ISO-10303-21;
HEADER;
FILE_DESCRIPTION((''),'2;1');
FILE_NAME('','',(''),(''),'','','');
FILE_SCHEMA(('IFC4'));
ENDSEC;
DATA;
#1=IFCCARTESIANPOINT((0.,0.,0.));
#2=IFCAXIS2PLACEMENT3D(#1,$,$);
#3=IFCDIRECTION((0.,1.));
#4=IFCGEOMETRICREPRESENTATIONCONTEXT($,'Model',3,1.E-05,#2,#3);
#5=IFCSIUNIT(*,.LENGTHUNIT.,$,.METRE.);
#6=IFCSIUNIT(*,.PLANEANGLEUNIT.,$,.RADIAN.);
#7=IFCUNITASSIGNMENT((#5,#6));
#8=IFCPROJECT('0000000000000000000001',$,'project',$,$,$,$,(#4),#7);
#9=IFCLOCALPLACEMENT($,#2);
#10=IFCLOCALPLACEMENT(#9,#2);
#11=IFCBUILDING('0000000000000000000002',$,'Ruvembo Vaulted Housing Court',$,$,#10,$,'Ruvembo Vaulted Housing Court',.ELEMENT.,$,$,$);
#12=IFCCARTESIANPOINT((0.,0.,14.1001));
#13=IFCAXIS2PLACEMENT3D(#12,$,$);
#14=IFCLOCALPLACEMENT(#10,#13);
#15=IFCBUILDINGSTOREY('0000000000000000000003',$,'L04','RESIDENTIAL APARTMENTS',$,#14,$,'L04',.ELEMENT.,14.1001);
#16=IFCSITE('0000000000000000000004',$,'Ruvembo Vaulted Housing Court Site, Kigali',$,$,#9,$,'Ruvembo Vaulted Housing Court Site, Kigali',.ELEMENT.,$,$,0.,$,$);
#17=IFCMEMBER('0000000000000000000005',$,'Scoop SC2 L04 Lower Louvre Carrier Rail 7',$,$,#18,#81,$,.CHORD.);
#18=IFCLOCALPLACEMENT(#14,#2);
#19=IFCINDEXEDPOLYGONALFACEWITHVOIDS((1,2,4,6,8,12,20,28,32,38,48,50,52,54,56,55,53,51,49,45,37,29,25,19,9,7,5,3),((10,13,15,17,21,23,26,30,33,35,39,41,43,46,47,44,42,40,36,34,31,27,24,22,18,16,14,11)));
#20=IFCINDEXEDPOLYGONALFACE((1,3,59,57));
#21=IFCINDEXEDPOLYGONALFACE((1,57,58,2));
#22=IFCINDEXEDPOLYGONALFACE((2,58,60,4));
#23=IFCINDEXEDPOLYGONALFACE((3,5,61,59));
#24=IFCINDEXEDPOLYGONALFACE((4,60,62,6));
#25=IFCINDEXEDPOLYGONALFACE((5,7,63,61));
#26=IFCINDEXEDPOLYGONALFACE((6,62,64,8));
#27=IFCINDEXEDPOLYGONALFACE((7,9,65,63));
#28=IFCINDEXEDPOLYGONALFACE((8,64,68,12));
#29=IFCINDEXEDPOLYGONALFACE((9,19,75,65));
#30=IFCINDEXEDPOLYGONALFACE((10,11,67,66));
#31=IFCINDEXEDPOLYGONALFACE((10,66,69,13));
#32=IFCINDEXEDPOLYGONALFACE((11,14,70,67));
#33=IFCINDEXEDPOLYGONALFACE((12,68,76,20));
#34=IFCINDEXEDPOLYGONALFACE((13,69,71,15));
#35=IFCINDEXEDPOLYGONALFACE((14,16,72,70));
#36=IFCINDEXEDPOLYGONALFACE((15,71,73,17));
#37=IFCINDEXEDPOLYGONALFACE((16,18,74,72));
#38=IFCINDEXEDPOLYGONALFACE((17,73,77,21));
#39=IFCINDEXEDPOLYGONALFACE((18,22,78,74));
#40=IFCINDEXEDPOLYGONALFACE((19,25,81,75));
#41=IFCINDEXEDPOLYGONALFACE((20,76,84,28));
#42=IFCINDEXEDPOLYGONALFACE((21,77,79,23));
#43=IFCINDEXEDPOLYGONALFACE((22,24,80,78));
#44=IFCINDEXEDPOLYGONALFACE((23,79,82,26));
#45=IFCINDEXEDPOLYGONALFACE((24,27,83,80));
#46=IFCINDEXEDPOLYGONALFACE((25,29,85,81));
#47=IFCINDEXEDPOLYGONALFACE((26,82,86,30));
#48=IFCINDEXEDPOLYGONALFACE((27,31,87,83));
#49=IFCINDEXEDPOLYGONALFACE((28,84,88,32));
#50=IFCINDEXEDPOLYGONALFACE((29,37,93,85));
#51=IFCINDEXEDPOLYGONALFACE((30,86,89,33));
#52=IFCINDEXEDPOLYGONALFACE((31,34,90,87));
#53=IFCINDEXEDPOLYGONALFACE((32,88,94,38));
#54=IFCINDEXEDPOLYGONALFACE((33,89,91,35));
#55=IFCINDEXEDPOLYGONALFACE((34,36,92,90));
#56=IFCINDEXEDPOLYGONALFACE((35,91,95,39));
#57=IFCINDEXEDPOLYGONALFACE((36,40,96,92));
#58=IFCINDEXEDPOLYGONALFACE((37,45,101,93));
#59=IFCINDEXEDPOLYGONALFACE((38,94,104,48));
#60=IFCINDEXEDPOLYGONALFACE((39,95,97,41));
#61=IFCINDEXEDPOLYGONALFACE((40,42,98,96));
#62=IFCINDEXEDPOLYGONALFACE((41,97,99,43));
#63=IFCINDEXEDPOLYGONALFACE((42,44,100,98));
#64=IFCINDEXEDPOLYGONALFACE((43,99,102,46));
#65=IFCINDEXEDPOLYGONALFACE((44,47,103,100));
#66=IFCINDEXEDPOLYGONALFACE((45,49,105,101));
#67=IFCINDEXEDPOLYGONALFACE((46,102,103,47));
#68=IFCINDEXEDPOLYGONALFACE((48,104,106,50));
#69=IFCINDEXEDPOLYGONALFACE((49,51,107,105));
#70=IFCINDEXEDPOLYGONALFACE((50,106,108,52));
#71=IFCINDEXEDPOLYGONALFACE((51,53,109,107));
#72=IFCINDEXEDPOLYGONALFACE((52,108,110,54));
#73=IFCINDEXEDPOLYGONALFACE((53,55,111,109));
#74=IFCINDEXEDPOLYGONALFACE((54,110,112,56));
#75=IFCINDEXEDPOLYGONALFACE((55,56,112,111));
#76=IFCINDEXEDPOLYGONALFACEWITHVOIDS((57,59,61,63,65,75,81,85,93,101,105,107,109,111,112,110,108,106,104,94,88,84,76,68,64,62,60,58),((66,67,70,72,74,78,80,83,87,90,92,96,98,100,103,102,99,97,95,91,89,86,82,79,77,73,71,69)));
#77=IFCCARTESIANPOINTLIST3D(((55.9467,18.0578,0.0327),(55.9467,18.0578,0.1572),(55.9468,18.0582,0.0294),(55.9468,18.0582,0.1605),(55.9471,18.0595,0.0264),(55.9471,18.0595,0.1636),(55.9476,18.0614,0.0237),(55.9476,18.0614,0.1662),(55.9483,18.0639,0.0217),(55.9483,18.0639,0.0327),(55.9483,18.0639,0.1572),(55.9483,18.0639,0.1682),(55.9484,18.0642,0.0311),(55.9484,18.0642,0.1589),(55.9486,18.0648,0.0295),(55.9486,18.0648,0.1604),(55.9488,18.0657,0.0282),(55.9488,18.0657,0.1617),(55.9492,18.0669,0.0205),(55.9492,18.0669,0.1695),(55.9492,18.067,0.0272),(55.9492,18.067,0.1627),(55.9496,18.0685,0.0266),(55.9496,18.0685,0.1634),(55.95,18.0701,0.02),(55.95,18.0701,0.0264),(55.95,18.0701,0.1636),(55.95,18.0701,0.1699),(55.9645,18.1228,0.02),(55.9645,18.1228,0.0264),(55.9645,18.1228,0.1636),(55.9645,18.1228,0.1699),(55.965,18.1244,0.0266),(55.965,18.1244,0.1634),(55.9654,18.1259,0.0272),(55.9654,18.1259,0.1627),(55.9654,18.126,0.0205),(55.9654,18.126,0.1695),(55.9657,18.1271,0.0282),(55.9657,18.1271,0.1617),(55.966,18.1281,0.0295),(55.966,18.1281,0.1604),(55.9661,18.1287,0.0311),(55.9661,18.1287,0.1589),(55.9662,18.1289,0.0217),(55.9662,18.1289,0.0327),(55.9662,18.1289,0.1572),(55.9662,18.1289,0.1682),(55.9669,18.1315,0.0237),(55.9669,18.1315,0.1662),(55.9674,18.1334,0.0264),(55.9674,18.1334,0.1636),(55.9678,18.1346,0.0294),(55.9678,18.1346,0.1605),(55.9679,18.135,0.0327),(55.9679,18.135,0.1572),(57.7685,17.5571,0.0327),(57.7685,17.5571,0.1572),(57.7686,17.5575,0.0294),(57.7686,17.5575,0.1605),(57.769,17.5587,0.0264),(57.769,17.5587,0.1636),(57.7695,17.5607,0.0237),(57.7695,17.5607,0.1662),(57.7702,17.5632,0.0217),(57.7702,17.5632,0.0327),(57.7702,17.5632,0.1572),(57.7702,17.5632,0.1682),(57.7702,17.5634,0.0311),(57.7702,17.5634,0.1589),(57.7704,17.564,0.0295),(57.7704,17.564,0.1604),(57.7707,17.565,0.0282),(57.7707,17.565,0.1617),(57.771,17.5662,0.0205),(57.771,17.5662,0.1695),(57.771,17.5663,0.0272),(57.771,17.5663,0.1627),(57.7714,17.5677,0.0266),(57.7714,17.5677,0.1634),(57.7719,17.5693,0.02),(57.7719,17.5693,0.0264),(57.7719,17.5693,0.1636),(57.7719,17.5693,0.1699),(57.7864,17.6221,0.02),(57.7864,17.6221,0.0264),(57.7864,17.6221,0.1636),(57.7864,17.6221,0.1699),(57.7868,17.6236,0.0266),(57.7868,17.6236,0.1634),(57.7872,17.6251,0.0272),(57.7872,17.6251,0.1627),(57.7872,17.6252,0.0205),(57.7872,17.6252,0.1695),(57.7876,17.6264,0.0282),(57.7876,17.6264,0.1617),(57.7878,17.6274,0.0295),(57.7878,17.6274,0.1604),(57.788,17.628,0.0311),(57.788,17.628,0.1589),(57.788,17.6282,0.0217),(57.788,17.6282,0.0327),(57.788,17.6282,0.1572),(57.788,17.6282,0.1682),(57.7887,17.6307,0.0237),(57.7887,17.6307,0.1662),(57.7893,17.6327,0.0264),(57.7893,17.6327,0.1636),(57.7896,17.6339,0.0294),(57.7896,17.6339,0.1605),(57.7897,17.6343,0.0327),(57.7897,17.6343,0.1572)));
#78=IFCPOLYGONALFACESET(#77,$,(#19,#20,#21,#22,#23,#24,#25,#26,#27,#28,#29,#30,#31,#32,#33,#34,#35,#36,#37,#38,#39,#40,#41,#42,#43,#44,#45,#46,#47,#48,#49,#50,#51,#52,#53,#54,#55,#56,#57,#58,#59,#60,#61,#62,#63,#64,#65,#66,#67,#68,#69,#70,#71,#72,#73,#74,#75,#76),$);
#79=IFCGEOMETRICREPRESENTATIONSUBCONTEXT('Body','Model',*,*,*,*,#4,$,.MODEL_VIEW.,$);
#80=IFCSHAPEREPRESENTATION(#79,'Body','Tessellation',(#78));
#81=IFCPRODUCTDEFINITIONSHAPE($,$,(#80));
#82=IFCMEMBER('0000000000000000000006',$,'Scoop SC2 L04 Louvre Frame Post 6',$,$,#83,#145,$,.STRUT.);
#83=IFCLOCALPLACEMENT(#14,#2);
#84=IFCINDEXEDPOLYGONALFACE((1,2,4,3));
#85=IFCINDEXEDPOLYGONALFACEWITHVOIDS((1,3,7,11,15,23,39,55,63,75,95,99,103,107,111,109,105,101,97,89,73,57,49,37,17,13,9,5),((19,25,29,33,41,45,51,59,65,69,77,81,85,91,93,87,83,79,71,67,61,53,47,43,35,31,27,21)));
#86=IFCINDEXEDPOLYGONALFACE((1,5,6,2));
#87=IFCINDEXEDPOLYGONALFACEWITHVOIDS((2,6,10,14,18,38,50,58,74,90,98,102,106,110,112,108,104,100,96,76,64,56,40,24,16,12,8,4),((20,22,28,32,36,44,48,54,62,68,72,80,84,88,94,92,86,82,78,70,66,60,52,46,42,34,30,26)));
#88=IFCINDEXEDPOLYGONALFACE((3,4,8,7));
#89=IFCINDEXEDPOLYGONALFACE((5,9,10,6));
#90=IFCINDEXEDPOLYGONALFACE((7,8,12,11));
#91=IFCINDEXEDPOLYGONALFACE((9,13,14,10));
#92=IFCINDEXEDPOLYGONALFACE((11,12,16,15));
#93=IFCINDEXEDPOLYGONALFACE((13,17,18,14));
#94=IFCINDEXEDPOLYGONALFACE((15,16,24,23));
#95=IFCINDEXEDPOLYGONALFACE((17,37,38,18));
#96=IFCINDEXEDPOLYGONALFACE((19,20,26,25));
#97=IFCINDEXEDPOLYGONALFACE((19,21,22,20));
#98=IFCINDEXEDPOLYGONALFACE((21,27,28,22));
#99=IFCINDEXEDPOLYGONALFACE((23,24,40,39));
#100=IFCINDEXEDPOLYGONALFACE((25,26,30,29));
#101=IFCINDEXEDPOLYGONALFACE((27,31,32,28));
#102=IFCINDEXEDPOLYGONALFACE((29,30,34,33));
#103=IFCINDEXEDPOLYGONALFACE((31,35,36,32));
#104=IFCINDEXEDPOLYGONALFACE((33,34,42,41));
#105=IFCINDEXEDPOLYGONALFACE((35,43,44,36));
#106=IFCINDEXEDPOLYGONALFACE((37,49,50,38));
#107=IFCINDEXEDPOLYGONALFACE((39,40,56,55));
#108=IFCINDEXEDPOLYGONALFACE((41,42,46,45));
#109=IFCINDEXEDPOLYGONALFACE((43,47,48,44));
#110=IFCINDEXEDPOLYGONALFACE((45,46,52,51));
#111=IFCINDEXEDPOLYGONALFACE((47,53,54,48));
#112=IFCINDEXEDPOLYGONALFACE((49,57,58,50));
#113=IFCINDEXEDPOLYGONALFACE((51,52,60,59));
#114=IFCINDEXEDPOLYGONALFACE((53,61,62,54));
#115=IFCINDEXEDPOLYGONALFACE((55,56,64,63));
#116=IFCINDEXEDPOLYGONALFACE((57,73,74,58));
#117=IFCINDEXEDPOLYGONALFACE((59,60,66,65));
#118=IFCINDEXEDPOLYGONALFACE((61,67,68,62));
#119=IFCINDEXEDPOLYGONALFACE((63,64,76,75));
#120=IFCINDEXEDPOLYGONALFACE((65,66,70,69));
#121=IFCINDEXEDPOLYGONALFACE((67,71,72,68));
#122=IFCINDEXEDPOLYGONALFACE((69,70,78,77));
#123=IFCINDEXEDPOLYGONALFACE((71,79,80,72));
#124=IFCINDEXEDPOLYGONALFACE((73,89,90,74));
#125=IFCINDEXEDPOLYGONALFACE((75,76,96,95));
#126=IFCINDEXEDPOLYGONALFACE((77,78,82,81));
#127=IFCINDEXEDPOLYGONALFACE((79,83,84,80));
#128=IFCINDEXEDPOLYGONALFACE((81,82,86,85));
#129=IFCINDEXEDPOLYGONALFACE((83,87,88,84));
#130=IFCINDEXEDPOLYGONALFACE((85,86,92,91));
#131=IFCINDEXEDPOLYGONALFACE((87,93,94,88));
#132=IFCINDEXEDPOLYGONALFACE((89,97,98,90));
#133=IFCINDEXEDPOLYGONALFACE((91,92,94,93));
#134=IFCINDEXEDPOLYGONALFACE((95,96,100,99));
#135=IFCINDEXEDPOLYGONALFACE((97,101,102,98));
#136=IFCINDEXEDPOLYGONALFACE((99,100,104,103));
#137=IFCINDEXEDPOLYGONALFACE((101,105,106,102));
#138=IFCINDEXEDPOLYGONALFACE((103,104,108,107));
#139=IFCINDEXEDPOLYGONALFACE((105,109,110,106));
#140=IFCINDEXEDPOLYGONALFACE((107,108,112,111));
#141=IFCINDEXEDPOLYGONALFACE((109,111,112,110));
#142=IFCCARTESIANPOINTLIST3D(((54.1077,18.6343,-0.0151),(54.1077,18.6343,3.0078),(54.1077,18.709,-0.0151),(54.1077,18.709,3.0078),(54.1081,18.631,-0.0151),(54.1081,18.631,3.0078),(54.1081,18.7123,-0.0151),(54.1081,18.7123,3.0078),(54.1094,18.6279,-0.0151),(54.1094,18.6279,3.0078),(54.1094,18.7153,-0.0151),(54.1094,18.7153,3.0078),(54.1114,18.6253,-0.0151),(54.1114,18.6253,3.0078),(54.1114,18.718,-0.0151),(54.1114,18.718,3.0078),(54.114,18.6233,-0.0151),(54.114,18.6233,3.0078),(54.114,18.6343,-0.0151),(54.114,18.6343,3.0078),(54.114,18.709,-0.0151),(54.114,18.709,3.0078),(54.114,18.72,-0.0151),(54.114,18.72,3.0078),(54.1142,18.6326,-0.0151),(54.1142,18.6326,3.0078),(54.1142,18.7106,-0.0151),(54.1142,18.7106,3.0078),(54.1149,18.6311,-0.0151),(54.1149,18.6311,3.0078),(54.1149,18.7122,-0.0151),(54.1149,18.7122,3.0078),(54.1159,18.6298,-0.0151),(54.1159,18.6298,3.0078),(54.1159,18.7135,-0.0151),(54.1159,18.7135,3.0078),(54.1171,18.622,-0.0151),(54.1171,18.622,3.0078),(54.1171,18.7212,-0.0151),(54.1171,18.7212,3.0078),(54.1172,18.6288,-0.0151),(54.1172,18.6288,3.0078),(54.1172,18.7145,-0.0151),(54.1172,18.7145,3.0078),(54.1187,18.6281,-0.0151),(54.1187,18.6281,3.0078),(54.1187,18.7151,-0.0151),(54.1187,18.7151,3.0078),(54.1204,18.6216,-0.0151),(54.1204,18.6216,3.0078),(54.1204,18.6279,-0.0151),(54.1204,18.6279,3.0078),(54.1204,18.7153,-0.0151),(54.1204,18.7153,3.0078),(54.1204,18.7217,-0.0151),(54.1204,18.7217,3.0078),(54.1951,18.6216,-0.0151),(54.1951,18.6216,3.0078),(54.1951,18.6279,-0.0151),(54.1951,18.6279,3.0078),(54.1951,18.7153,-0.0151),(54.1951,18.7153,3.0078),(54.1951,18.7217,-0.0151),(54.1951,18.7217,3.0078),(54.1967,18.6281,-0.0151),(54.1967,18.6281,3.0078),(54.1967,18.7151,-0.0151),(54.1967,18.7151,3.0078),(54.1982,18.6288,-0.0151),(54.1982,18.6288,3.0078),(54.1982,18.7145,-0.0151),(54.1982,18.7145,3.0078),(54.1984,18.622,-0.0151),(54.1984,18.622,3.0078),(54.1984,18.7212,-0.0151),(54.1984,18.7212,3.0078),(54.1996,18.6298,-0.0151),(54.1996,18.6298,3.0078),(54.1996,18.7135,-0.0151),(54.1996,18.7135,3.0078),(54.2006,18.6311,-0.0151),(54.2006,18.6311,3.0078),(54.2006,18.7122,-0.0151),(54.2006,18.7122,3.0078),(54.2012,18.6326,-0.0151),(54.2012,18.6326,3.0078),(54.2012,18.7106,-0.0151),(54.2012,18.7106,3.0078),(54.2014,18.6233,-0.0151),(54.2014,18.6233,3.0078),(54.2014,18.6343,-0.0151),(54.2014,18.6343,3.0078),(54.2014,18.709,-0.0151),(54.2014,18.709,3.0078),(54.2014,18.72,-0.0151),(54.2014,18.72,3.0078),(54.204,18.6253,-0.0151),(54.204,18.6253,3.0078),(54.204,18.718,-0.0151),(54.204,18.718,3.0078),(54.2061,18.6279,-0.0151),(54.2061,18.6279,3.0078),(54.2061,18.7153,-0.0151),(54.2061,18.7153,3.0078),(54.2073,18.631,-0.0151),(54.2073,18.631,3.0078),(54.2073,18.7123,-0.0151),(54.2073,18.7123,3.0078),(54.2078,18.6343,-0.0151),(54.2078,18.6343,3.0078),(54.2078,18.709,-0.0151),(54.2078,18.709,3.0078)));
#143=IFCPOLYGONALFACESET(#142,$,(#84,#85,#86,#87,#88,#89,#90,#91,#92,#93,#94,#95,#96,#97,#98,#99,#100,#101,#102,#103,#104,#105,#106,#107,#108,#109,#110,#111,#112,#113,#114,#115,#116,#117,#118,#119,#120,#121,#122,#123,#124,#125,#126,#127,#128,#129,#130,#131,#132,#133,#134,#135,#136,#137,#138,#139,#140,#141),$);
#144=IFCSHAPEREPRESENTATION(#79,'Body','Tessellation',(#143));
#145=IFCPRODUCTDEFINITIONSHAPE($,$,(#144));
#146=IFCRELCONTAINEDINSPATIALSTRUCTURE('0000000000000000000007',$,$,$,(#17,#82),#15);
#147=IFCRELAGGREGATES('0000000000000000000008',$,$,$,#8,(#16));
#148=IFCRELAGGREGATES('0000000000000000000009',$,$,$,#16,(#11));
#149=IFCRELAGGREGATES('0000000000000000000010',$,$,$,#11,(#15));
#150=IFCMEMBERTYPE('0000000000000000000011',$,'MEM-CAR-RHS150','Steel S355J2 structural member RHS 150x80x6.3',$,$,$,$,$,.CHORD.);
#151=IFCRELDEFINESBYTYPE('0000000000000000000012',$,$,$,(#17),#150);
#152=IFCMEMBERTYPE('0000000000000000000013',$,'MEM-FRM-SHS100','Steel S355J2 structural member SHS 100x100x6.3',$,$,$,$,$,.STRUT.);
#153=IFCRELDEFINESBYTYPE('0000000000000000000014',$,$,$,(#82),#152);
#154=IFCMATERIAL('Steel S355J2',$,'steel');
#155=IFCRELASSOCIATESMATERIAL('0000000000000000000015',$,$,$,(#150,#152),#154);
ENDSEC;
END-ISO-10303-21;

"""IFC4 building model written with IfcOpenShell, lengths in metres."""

from ifc_helpers import new_model, si_unit, direction, frame, origin, origin_2d, place, context, subcontext, project, spatial, hollow_rectangle, extrude, material, material_profile, profile_set, type_object, element, save


model = new_model("IFC4")

# Units and contexts
model_context = context("Model", 3, precision=1e-05, world=origin(), true_north=direction((0.0, 1.0)))
body_context = subcontext(model_context, "Body", "Model", "MODEL_VIEW")
ifc_project = project(units=[si_unit("LENGTHUNIT", "METRE"), si_unit("PLANEANGLEUNIT", "RADIAN")], contexts=[model_context])

# Site, building, storey
site_placement = place(None, origin())
site = spatial("IfcSite", under=ifc_project, at=site_placement, Name="Ruvembo Vaulted Housing Court Site, Kigali", LongName="Ruvembo Vaulted Housing Court Site, Kigali", CompositionType="ELEMENT", RefElevation=0.0)
building_placement = place(site_placement, origin())
building = spatial("IfcBuilding", under=site, at=building_placement, Name="Ruvembo Vaulted Housing Court", LongName="Ruvembo Vaulted Housing Court", CompositionType="ELEMENT")
storey_placement = place(building_placement, frame((0.0, 0.0, 14.1001)))
storey = spatial("IfcBuildingStorey", under=building, at=storey_placement, Name="L04", Description="RESIDENTIAL APARTMENTS", LongName="L04", CompositionType="ELEMENT", Elevation=14.1001)

# Shared definitions
ifc_material_1 = material(Name="Steel S355J2", Category="steel")

# Members
ifc_material_profile_1 = material_profile(ifc_material_1, hollow_rectangle(XDim=0.0801, YDim=0.1499, WallThickness=0.0063, InnerFilletRadius=0.0063, OuterFilletRadius=0.0127, at=origin_2d()), Name="RHS 150x80x6.3")
ifc_profile_set_1 = profile_set([ifc_material_profile_1], Name="Steel S355J2")
member_type_1 = type_object("IfcMemberType", Name="MEM-CAR-RHS150", Description="Steel S355J2 structural member RHS 150x80x6.3", PredefinedType="CHORD", material=ifc_profile_set_1)
member_1_placement = place(storey_placement, frame((55.9573, 18.0964, 0.095), z_axis=(0.96424, -0.26503, 0.0), x_axis=(0.26503, 0.96424, 0.0)))
element("IfcMember", 1, at=member_1_placement, inside=storey, type_object=member_type_1, Name="Scoop SC2 L04 Lower Louvre Carrier Rail 7", PredefinedType="CHORD", context=body_context, shape_type="SweptSolid", body=[
    extrude(hollow_rectangle(XDim=0.0801, YDim=0.1499, WallThickness=0.0063, InnerFilletRadius=0.0063, OuterFilletRadius=0.0127, at=origin_2d()), origin(), (0.0, 0.0, 1.0), 1.8894),
])
ifc_material_profile_2 = material_profile(ifc_material_1, hollow_rectangle(XDim=0.1001, YDim=0.1001, WallThickness=0.0063, InnerFilletRadius=0.0063, OuterFilletRadius=0.0127, at=origin_2d()), Name="SHS 100x100x6.3")
ifc_profile_set_2 = profile_set([ifc_material_profile_2], Name="Steel S355J2")
member_type_2 = type_object("IfcMemberType", Name="MEM-FRM-SHS100", Description="Steel S355J2 structural member SHS 100x100x6.3", PredefinedType="STRUT", material=ifc_profile_set_2)
for number, where, z_axis, x_axis, name in (
    (2, (54.1577, 18.6716, -0.0151), (0.0, 0.0, 1.0), (1.0, 0.0, 0.0), "Scoop SC2 L04 Louvre Frame Post 6"),
):
    element("IfcMember", number, at=place(storey_placement, frame(where, z_axis=z_axis, x_axis=x_axis)), inside=storey, type_object=member_type_2, Name=name, PredefinedType="STRUT", context=body_context, shape_type="SweptSolid", body=[
        extrude(hollow_rectangle(XDim=0.1001, YDim=0.1001, WallThickness=0.0063, InnerFilletRadius=0.0063, OuterFilletRadius=0.0127, at=origin_2d()), origin(), (0.0, 0.0, 1.0), 3.0229),
    ])

save(model, "model.ifc")
